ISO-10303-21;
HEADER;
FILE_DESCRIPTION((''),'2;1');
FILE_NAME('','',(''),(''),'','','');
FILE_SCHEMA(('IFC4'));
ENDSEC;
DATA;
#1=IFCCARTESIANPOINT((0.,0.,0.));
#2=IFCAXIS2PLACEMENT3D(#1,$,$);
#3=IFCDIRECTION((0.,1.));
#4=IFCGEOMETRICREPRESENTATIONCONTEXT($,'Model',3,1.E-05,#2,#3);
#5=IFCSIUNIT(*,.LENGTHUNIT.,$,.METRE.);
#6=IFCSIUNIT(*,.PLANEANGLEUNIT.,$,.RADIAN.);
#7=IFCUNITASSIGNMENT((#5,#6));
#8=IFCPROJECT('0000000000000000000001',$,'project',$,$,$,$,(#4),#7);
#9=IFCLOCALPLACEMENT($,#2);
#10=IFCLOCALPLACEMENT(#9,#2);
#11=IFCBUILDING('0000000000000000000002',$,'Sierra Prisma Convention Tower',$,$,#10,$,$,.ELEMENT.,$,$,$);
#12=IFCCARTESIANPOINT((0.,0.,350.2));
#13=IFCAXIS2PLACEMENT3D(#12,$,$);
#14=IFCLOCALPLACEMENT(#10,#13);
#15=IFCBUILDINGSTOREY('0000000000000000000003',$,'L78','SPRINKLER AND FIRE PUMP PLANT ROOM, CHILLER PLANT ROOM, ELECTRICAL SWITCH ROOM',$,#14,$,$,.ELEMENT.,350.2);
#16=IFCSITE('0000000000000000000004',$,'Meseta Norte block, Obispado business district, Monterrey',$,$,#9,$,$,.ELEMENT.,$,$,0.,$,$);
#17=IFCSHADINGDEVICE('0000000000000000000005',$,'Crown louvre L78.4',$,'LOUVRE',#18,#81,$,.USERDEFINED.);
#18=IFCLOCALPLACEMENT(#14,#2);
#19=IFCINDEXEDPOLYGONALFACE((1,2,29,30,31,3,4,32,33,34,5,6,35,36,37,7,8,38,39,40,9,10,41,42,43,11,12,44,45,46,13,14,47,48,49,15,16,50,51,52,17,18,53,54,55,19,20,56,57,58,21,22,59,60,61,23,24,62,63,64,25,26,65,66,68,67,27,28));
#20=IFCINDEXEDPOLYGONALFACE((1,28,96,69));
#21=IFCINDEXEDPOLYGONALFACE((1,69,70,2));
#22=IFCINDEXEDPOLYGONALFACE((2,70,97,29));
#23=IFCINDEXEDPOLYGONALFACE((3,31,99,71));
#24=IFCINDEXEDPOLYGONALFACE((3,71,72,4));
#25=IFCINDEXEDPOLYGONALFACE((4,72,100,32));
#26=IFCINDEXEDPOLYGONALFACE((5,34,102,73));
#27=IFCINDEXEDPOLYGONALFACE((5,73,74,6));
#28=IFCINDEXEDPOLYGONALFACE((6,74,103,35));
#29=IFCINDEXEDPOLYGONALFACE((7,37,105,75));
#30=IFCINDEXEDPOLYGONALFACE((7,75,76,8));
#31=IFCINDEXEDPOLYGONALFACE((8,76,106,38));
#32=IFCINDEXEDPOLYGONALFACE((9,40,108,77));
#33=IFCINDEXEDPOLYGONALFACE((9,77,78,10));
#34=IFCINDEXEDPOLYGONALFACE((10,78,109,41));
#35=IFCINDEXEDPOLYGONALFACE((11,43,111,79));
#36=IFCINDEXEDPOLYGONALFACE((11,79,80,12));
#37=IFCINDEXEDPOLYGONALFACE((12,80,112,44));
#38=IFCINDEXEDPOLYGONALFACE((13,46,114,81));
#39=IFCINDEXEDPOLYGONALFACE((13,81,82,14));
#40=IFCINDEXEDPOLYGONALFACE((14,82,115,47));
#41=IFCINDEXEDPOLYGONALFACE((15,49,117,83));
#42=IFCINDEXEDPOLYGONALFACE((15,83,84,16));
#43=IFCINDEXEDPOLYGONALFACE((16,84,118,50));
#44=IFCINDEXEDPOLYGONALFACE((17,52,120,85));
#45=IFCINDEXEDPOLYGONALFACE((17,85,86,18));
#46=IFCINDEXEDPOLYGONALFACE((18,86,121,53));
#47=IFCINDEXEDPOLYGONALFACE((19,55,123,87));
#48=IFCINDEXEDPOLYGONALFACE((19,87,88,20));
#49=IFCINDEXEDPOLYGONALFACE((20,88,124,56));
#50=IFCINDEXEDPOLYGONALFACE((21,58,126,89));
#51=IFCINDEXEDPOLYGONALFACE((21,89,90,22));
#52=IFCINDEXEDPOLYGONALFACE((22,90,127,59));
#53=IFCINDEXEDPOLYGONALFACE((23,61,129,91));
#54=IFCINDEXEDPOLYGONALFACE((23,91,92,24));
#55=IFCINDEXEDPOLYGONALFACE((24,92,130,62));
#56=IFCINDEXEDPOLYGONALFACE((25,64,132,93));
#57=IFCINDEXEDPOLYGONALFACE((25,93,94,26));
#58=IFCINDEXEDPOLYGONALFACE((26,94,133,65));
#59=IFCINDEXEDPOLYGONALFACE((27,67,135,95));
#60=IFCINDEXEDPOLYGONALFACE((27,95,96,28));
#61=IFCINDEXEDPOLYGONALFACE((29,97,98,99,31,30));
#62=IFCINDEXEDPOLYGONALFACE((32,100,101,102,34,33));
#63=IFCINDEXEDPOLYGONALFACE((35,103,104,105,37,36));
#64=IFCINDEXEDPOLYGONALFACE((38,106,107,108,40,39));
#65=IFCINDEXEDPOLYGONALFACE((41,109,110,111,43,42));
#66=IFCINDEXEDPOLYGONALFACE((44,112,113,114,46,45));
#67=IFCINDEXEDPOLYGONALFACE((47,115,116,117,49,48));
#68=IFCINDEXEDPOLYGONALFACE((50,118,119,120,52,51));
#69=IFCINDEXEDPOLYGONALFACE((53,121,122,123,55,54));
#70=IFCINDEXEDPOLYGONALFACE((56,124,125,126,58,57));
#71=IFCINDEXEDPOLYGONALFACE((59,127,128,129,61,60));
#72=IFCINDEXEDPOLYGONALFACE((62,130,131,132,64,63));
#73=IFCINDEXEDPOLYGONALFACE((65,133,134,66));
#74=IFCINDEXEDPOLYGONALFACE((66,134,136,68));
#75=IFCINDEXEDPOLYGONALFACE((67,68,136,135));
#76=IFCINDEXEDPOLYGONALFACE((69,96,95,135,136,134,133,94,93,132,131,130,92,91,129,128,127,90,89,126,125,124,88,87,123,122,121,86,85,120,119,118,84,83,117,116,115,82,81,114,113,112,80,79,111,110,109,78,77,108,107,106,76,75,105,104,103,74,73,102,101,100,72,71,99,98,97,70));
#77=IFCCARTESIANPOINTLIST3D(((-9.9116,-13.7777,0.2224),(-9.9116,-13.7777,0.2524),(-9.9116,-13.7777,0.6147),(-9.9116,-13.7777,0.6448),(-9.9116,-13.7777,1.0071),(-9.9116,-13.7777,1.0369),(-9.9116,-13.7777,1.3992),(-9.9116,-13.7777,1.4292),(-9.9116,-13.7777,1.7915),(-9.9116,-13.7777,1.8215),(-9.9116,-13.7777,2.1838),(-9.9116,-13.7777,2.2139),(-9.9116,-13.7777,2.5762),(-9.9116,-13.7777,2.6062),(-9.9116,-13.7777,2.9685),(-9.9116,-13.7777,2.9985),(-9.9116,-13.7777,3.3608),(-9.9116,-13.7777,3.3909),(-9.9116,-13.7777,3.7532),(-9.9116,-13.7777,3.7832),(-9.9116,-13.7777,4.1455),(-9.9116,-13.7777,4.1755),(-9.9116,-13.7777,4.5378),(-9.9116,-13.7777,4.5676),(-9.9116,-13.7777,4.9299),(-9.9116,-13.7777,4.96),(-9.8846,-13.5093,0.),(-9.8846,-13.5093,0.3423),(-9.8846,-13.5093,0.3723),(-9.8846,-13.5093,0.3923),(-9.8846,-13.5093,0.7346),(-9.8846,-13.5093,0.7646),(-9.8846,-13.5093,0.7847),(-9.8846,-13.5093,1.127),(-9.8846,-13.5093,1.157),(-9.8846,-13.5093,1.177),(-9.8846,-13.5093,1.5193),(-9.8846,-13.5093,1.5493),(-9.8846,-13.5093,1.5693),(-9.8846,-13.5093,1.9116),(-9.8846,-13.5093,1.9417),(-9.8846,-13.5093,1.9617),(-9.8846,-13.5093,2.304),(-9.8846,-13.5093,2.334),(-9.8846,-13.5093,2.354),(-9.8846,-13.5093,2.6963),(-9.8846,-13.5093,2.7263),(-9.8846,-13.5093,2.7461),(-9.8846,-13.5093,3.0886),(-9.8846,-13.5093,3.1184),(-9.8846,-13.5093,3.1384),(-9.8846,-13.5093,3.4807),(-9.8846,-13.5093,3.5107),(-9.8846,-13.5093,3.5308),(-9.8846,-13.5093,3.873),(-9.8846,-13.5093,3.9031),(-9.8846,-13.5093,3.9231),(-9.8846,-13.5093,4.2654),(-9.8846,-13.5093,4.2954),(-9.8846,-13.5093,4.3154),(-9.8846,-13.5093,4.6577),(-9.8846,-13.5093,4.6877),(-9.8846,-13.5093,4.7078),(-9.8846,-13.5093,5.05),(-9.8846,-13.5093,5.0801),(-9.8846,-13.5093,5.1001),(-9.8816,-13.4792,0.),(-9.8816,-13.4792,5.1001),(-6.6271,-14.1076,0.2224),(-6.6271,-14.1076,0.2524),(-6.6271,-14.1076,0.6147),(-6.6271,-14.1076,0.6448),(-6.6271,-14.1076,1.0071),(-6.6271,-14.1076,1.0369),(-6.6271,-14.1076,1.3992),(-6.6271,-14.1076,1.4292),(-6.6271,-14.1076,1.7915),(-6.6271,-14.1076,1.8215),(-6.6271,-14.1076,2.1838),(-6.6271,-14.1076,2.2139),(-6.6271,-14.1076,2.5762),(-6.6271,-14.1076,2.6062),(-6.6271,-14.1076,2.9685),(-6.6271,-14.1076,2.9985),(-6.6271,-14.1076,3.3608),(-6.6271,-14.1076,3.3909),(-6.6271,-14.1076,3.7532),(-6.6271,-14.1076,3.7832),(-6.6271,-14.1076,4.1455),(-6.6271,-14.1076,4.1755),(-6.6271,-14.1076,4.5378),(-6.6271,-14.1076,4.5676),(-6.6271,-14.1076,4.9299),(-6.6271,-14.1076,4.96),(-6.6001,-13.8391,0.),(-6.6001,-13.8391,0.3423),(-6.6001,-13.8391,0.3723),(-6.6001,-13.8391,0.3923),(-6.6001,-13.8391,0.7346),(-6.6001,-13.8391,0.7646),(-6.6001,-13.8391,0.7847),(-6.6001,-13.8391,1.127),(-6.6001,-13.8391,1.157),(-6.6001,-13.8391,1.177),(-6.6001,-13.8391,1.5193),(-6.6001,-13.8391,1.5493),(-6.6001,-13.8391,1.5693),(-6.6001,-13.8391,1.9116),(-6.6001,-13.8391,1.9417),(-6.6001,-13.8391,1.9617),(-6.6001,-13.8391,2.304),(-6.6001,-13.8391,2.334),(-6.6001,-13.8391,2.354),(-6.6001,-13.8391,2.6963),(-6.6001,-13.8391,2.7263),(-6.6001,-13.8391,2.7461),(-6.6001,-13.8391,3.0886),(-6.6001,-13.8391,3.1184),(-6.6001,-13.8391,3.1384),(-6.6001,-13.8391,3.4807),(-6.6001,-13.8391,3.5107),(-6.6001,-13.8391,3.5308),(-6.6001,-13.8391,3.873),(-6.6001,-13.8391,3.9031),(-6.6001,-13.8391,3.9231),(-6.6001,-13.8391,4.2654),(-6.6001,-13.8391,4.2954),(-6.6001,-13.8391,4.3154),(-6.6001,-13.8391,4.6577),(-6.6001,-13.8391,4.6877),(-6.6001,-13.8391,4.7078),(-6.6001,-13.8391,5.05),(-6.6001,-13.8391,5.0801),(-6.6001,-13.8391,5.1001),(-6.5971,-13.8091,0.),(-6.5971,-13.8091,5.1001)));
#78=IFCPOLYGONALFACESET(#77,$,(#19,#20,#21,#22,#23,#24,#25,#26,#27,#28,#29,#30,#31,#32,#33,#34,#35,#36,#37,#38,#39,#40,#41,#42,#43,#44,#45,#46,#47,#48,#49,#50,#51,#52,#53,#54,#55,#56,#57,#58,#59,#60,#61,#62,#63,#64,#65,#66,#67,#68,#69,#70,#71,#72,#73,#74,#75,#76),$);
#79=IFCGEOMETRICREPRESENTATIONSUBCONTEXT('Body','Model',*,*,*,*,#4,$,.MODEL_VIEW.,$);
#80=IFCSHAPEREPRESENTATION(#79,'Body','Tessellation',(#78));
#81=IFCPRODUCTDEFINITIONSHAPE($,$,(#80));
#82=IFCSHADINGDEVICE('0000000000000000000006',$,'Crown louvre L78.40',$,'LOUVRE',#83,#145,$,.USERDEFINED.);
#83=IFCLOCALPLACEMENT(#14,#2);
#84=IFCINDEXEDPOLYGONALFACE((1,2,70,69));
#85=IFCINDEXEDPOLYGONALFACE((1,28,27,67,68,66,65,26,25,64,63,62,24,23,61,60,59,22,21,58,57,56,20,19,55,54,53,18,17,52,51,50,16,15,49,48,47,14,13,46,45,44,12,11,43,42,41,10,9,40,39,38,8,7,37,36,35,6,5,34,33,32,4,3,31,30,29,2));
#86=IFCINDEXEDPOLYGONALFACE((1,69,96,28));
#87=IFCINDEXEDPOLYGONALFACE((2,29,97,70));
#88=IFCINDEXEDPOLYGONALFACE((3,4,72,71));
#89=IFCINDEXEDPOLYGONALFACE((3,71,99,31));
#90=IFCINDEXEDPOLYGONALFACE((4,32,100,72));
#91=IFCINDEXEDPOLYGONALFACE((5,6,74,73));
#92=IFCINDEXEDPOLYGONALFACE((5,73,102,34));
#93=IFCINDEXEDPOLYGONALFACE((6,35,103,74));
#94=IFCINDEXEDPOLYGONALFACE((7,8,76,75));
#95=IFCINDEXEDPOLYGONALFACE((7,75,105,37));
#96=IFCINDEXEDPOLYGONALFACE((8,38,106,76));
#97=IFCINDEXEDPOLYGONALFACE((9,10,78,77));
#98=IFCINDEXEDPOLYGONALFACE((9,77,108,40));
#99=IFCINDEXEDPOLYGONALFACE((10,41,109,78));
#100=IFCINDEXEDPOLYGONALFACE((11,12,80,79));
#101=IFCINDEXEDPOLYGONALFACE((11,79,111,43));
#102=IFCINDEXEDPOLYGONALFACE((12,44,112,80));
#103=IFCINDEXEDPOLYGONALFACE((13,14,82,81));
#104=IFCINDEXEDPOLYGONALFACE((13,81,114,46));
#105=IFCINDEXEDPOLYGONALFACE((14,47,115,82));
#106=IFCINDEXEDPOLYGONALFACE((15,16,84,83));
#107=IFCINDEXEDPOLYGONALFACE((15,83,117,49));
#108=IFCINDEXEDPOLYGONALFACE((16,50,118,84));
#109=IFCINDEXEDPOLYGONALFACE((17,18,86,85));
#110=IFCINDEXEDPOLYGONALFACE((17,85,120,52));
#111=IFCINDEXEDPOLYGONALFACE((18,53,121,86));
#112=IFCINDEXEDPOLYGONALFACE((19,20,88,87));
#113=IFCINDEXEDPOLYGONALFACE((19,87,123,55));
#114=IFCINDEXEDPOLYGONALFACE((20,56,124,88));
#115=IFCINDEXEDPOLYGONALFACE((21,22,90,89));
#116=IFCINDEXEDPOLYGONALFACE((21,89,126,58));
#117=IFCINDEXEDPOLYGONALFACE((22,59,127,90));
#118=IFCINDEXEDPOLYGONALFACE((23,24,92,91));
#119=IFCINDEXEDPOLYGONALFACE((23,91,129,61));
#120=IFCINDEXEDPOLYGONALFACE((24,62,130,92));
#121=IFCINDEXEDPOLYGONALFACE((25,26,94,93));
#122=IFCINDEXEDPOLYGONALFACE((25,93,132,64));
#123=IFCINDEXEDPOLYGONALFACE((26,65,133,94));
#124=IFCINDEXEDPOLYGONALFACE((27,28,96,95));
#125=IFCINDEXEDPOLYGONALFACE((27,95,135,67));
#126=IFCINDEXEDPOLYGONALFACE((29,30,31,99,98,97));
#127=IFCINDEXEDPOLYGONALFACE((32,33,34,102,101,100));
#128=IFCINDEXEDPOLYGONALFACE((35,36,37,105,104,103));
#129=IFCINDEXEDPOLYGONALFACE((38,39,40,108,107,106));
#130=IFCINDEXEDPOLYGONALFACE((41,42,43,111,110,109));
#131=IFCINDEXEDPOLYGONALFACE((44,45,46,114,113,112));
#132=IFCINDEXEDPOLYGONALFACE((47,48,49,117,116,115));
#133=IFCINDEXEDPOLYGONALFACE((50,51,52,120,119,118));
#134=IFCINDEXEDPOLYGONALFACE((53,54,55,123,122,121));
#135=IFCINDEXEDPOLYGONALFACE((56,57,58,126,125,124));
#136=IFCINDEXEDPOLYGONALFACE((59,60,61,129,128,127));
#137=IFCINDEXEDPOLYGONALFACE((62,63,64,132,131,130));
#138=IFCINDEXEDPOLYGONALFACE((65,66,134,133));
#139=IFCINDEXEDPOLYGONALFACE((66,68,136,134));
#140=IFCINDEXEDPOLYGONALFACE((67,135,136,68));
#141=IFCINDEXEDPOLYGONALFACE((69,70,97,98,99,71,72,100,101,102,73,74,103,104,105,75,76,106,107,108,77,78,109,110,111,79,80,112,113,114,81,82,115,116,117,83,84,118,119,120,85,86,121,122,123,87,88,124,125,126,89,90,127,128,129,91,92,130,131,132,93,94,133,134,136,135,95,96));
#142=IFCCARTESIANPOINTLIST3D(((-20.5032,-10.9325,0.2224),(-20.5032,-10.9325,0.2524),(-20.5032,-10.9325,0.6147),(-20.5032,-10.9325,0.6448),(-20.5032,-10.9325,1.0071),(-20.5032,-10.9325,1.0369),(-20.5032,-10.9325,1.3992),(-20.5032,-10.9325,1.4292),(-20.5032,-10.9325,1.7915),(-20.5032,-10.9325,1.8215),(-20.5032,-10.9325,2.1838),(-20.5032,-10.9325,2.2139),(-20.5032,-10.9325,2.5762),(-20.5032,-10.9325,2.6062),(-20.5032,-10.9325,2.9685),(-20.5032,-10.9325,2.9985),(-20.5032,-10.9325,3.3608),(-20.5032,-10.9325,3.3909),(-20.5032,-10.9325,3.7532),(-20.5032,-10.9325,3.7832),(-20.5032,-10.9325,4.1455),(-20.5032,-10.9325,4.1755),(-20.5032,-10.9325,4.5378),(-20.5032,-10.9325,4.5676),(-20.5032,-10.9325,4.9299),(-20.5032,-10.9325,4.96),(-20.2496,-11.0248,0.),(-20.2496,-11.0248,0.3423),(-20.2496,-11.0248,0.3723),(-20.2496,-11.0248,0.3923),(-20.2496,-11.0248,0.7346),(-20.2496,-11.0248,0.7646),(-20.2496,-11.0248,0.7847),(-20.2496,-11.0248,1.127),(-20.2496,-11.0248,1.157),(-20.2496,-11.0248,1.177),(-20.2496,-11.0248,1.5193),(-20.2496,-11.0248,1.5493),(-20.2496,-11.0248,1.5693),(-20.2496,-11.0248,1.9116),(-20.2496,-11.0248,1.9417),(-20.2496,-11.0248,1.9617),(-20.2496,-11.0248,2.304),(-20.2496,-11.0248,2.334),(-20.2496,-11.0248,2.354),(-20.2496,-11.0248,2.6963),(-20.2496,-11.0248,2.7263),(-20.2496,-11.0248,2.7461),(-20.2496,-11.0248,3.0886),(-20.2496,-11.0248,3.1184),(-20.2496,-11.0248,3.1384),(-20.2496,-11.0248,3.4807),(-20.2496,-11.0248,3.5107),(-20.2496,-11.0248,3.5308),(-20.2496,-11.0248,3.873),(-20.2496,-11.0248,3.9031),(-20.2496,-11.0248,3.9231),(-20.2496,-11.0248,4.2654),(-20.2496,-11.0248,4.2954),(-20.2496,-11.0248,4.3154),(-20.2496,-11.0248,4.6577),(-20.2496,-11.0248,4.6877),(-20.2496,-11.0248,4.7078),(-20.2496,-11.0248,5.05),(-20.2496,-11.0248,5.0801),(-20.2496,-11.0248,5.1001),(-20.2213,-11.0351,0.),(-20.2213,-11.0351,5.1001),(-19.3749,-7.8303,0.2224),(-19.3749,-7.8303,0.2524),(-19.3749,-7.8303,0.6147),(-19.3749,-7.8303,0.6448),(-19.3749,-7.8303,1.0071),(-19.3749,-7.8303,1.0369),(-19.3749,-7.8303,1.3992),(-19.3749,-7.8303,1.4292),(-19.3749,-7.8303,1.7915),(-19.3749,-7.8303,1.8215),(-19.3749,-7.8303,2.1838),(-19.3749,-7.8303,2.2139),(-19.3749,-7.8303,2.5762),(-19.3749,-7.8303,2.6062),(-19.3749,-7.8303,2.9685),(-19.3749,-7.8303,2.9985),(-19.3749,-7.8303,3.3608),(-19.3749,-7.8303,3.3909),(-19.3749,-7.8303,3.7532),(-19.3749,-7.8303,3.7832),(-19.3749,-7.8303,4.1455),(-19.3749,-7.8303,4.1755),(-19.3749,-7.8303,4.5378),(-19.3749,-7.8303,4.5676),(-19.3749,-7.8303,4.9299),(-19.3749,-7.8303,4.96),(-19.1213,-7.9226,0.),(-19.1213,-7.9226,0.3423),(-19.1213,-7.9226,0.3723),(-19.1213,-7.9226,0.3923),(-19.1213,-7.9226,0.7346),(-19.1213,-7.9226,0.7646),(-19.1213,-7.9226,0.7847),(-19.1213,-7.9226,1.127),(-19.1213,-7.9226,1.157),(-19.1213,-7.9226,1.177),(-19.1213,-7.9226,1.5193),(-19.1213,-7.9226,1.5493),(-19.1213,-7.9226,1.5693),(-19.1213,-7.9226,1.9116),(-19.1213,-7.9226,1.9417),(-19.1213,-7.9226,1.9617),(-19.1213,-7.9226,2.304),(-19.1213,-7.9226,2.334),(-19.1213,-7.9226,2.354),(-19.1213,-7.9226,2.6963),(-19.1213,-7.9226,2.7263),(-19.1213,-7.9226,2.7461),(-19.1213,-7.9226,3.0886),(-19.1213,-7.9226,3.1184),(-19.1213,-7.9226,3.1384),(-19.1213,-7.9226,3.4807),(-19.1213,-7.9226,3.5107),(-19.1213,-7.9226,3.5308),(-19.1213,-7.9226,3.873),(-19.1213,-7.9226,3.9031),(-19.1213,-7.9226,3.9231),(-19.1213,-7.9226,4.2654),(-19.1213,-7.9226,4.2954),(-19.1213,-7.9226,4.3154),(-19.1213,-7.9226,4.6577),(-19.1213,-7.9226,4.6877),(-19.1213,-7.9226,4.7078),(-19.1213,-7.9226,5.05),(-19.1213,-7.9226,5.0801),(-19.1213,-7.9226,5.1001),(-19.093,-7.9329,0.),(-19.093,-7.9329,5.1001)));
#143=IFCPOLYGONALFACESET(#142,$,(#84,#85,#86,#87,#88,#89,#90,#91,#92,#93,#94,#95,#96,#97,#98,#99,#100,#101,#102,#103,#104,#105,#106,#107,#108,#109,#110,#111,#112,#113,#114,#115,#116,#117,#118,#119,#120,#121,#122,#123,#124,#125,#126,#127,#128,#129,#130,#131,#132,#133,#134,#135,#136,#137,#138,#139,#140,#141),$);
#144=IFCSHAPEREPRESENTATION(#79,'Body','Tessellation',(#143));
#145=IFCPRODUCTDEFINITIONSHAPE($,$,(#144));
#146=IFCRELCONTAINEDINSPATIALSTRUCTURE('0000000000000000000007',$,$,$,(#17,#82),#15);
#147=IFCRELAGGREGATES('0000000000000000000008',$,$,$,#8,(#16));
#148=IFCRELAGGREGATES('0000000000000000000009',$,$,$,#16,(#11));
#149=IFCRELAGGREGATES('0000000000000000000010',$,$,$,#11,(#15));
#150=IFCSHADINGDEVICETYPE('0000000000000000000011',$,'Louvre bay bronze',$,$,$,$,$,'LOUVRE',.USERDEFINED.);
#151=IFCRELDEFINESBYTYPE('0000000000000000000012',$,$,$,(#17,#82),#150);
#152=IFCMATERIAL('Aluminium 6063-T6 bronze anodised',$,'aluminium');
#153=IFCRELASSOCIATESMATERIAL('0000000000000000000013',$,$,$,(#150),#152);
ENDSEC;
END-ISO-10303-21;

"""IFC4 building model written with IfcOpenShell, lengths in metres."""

from ifc_helpers import new_model, si_unit, direction, frame, origin, place, context, subcontext, project, spatial, polyline, outline, extrude, material, type_object, element, save


model = new_model("IFC4")

# Units and contexts
model_context = context("Model", 3, precision=1e-05, world=origin(), true_north=direction((0.0, 1.0)))
body_context = subcontext(model_context, "Body", "Model", "MODEL_VIEW")
ifc_project = project(units=[si_unit("LENGTHUNIT", "METRE"), si_unit("PLANEANGLEUNIT", "RADIAN")], contexts=[model_context])

# Site, building, storey
site_placement = place(None, origin())
site = spatial("IfcSite", under=ifc_project, at=site_placement, Name="Meseta Norte block, Obispado business district, Monterrey", CompositionType="ELEMENT", RefElevation=0.0)
building_placement = place(site_placement, origin())
building = spatial("IfcBuilding", under=site, at=building_placement, Name="Sierra Prisma Convention Tower", CompositionType="ELEMENT")
storey_placement = place(building_placement, frame((0.0, 0.0, 350.2)))
storey = spatial("IfcBuildingStorey", under=building, at=storey_placement, Name="L78", Description="SPRINKLER AND FIRE PUMP PLANT ROOM, CHILLER PLANT ROOM, ELECTRICAL SWITCH ROOM", CompositionType="ELEMENT", Elevation=350.2)

# Shading devices
ifc_material_1 = material(Name="Aluminium 6063-T6 bronze anodised", Category="aluminium")
shading_device_type = type_object("IfcShadingDeviceType", Name="Louvre bay bronze", ElementType="LOUVRE", PredefinedType="USERDEFINED", material=ifc_material_1)
shading_device_1_placement = place(storey_placement, frame((-9.8816, -13.4792, 0.0), z_axis=(-0.994994, 0.099932, 0.0), x_axis=(0.0, 0.0, 1.0)))
element("IfcShadingDevice", 1, at=shading_device_1_placement, inside=storey, type_object=shading_device_type, Name="Crown louvre L78.4", ObjectType="LOUVRE", PredefinedType="USERDEFINED", context=body_context, shape_type="SweptSolid", body=[
    extrude(outline(polyline([(0.0, 0.0), (5.1001, 0.0), (5.1001, -0.0302), (5.0801, -0.0302), (4.96, -0.2999), (4.9299, -0.2999), (5.05, -0.0302), (4.7078, -0.0302), (4.6877, -0.0302), (4.5676, -0.2999), (4.5378, -0.2999), (4.6577, -0.0302), (4.3154, -0.0302), (4.2954, -0.0302), (4.1755, -0.2999), (4.1455, -0.2999), (4.2654, -0.0302), (3.9231, -0.0302), (3.9031, -0.0302), (3.7832, -0.2999), (3.7532, -0.2999), (3.873, -0.0302), (3.5308, -0.0302), (3.5107, -0.0302), (3.3909, -0.2999), (3.3608, -0.2999), (3.4807, -0.0302), (3.1384, -0.0302), (3.1184, -0.0302), (2.9985, -0.2999), (2.9685, -0.2999), (3.0886, -0.0302), (2.7461, -0.0302), (2.7263, -0.0302), (2.6062, -0.2999), (2.5762, -0.2999), (2.6963, -0.0302), (2.354, -0.0302), (2.334, -0.0302), (2.2139, -0.2999), (2.1838, -0.2999), (2.304, -0.0302), (1.9617, -0.0302), (1.9417, -0.0302), (1.8215, -0.2999), (1.7915, -0.2999), (1.9116, -0.0302), (1.5693, -0.0302), (1.5493, -0.0302), (1.4292, -0.2999), (1.3992, -0.2999), (1.5193, -0.0302), (1.177, -0.0302), (1.157, -0.0302), (1.0369, -0.2999), (1.0071, -0.2999), (1.127, -0.0302), (0.7847, -0.0302), (0.7646, -0.0302), (0.6448, -0.2999), (0.6147, -0.2999), (0.7346, -0.0302), (0.3923, -0.0302), (0.3723, -0.0302), (0.2524, -0.2999), (0.2224, -0.2999), (0.3423, -0.0302), (0.0, -0.0302), (0.0, 0.0)])), origin(), (0.0, 0.0, -1.0), 3.301),
])
shading_device_2_placement = place(storey_placement, frame((-19.093, -7.9329, 0.0), z_axis=(0.341798, 0.939774, 0.0), x_axis=(0.0, 0.0, 1.0)))
element("IfcShadingDevice", 2, at=shading_device_2_placement, inside=storey, type_object=shading_device_type, Name="Crown louvre L78.40", ObjectType="LOUVRE", PredefinedType="USERDEFINED", context=body_context, shape_type="SweptSolid", body=[
    extrude(outline(polyline([(0.0, 0.0), (5.1001, 0.0), (5.1001, -0.0301), (5.0801, -0.0301), (4.96, -0.3), (4.9299, -0.3), (5.05, -0.0301), (4.7078, -0.0301), (4.6877, -0.0301), (4.5676, -0.3), (4.5378, -0.3), (4.6577, -0.0301), (4.3154, -0.0301), (4.2954, -0.0301), (4.1755, -0.3), (4.1455, -0.3), (4.2654, -0.0301), (3.9231, -0.0301), (3.9031, -0.0301), (3.7832, -0.3), (3.7532, -0.3), (3.873, -0.0301), (3.5308, -0.0301), (3.5107, -0.0301), (3.3909, -0.3), (3.3608, -0.3), (3.4807, -0.0301), (3.1384, -0.0301), (3.1184, -0.0301), (2.9985, -0.3), (2.9685, -0.3), (3.0886, -0.0301), (2.7461, -0.0301), (2.7263, -0.0301), (2.6062, -0.3), (2.5762, -0.3), (2.6963, -0.0301), (2.354, -0.0301), (2.334, -0.0301), (2.2139, -0.3), (2.1838, -0.3), (2.304, -0.0301), (1.9617, -0.0301), (1.9417, -0.0301), (1.8215, -0.3), (1.7915, -0.3), (1.9116, -0.0301), (1.5693, -0.0301), (1.5493, -0.0301), (1.4292, -0.3), (1.3992, -0.3), (1.5193, -0.0301), (1.177, -0.0301), (1.157, -0.0301), (1.0369, -0.3), (1.0071, -0.3), (1.127, -0.0301), (0.7847, -0.0301), (0.7646, -0.0301), (0.6448, -0.3), (0.6147, -0.3), (0.7346, -0.0301), (0.3923, -0.0301), (0.3723, -0.0301), (0.2524, -0.3), (0.2224, -0.3), (0.3423, -0.0301), (0.0, -0.0301), (0.0, 0.0)])), origin(), (0.0, 0.0, -1.0), 3.301),
])

save(model, "model.ifc")
